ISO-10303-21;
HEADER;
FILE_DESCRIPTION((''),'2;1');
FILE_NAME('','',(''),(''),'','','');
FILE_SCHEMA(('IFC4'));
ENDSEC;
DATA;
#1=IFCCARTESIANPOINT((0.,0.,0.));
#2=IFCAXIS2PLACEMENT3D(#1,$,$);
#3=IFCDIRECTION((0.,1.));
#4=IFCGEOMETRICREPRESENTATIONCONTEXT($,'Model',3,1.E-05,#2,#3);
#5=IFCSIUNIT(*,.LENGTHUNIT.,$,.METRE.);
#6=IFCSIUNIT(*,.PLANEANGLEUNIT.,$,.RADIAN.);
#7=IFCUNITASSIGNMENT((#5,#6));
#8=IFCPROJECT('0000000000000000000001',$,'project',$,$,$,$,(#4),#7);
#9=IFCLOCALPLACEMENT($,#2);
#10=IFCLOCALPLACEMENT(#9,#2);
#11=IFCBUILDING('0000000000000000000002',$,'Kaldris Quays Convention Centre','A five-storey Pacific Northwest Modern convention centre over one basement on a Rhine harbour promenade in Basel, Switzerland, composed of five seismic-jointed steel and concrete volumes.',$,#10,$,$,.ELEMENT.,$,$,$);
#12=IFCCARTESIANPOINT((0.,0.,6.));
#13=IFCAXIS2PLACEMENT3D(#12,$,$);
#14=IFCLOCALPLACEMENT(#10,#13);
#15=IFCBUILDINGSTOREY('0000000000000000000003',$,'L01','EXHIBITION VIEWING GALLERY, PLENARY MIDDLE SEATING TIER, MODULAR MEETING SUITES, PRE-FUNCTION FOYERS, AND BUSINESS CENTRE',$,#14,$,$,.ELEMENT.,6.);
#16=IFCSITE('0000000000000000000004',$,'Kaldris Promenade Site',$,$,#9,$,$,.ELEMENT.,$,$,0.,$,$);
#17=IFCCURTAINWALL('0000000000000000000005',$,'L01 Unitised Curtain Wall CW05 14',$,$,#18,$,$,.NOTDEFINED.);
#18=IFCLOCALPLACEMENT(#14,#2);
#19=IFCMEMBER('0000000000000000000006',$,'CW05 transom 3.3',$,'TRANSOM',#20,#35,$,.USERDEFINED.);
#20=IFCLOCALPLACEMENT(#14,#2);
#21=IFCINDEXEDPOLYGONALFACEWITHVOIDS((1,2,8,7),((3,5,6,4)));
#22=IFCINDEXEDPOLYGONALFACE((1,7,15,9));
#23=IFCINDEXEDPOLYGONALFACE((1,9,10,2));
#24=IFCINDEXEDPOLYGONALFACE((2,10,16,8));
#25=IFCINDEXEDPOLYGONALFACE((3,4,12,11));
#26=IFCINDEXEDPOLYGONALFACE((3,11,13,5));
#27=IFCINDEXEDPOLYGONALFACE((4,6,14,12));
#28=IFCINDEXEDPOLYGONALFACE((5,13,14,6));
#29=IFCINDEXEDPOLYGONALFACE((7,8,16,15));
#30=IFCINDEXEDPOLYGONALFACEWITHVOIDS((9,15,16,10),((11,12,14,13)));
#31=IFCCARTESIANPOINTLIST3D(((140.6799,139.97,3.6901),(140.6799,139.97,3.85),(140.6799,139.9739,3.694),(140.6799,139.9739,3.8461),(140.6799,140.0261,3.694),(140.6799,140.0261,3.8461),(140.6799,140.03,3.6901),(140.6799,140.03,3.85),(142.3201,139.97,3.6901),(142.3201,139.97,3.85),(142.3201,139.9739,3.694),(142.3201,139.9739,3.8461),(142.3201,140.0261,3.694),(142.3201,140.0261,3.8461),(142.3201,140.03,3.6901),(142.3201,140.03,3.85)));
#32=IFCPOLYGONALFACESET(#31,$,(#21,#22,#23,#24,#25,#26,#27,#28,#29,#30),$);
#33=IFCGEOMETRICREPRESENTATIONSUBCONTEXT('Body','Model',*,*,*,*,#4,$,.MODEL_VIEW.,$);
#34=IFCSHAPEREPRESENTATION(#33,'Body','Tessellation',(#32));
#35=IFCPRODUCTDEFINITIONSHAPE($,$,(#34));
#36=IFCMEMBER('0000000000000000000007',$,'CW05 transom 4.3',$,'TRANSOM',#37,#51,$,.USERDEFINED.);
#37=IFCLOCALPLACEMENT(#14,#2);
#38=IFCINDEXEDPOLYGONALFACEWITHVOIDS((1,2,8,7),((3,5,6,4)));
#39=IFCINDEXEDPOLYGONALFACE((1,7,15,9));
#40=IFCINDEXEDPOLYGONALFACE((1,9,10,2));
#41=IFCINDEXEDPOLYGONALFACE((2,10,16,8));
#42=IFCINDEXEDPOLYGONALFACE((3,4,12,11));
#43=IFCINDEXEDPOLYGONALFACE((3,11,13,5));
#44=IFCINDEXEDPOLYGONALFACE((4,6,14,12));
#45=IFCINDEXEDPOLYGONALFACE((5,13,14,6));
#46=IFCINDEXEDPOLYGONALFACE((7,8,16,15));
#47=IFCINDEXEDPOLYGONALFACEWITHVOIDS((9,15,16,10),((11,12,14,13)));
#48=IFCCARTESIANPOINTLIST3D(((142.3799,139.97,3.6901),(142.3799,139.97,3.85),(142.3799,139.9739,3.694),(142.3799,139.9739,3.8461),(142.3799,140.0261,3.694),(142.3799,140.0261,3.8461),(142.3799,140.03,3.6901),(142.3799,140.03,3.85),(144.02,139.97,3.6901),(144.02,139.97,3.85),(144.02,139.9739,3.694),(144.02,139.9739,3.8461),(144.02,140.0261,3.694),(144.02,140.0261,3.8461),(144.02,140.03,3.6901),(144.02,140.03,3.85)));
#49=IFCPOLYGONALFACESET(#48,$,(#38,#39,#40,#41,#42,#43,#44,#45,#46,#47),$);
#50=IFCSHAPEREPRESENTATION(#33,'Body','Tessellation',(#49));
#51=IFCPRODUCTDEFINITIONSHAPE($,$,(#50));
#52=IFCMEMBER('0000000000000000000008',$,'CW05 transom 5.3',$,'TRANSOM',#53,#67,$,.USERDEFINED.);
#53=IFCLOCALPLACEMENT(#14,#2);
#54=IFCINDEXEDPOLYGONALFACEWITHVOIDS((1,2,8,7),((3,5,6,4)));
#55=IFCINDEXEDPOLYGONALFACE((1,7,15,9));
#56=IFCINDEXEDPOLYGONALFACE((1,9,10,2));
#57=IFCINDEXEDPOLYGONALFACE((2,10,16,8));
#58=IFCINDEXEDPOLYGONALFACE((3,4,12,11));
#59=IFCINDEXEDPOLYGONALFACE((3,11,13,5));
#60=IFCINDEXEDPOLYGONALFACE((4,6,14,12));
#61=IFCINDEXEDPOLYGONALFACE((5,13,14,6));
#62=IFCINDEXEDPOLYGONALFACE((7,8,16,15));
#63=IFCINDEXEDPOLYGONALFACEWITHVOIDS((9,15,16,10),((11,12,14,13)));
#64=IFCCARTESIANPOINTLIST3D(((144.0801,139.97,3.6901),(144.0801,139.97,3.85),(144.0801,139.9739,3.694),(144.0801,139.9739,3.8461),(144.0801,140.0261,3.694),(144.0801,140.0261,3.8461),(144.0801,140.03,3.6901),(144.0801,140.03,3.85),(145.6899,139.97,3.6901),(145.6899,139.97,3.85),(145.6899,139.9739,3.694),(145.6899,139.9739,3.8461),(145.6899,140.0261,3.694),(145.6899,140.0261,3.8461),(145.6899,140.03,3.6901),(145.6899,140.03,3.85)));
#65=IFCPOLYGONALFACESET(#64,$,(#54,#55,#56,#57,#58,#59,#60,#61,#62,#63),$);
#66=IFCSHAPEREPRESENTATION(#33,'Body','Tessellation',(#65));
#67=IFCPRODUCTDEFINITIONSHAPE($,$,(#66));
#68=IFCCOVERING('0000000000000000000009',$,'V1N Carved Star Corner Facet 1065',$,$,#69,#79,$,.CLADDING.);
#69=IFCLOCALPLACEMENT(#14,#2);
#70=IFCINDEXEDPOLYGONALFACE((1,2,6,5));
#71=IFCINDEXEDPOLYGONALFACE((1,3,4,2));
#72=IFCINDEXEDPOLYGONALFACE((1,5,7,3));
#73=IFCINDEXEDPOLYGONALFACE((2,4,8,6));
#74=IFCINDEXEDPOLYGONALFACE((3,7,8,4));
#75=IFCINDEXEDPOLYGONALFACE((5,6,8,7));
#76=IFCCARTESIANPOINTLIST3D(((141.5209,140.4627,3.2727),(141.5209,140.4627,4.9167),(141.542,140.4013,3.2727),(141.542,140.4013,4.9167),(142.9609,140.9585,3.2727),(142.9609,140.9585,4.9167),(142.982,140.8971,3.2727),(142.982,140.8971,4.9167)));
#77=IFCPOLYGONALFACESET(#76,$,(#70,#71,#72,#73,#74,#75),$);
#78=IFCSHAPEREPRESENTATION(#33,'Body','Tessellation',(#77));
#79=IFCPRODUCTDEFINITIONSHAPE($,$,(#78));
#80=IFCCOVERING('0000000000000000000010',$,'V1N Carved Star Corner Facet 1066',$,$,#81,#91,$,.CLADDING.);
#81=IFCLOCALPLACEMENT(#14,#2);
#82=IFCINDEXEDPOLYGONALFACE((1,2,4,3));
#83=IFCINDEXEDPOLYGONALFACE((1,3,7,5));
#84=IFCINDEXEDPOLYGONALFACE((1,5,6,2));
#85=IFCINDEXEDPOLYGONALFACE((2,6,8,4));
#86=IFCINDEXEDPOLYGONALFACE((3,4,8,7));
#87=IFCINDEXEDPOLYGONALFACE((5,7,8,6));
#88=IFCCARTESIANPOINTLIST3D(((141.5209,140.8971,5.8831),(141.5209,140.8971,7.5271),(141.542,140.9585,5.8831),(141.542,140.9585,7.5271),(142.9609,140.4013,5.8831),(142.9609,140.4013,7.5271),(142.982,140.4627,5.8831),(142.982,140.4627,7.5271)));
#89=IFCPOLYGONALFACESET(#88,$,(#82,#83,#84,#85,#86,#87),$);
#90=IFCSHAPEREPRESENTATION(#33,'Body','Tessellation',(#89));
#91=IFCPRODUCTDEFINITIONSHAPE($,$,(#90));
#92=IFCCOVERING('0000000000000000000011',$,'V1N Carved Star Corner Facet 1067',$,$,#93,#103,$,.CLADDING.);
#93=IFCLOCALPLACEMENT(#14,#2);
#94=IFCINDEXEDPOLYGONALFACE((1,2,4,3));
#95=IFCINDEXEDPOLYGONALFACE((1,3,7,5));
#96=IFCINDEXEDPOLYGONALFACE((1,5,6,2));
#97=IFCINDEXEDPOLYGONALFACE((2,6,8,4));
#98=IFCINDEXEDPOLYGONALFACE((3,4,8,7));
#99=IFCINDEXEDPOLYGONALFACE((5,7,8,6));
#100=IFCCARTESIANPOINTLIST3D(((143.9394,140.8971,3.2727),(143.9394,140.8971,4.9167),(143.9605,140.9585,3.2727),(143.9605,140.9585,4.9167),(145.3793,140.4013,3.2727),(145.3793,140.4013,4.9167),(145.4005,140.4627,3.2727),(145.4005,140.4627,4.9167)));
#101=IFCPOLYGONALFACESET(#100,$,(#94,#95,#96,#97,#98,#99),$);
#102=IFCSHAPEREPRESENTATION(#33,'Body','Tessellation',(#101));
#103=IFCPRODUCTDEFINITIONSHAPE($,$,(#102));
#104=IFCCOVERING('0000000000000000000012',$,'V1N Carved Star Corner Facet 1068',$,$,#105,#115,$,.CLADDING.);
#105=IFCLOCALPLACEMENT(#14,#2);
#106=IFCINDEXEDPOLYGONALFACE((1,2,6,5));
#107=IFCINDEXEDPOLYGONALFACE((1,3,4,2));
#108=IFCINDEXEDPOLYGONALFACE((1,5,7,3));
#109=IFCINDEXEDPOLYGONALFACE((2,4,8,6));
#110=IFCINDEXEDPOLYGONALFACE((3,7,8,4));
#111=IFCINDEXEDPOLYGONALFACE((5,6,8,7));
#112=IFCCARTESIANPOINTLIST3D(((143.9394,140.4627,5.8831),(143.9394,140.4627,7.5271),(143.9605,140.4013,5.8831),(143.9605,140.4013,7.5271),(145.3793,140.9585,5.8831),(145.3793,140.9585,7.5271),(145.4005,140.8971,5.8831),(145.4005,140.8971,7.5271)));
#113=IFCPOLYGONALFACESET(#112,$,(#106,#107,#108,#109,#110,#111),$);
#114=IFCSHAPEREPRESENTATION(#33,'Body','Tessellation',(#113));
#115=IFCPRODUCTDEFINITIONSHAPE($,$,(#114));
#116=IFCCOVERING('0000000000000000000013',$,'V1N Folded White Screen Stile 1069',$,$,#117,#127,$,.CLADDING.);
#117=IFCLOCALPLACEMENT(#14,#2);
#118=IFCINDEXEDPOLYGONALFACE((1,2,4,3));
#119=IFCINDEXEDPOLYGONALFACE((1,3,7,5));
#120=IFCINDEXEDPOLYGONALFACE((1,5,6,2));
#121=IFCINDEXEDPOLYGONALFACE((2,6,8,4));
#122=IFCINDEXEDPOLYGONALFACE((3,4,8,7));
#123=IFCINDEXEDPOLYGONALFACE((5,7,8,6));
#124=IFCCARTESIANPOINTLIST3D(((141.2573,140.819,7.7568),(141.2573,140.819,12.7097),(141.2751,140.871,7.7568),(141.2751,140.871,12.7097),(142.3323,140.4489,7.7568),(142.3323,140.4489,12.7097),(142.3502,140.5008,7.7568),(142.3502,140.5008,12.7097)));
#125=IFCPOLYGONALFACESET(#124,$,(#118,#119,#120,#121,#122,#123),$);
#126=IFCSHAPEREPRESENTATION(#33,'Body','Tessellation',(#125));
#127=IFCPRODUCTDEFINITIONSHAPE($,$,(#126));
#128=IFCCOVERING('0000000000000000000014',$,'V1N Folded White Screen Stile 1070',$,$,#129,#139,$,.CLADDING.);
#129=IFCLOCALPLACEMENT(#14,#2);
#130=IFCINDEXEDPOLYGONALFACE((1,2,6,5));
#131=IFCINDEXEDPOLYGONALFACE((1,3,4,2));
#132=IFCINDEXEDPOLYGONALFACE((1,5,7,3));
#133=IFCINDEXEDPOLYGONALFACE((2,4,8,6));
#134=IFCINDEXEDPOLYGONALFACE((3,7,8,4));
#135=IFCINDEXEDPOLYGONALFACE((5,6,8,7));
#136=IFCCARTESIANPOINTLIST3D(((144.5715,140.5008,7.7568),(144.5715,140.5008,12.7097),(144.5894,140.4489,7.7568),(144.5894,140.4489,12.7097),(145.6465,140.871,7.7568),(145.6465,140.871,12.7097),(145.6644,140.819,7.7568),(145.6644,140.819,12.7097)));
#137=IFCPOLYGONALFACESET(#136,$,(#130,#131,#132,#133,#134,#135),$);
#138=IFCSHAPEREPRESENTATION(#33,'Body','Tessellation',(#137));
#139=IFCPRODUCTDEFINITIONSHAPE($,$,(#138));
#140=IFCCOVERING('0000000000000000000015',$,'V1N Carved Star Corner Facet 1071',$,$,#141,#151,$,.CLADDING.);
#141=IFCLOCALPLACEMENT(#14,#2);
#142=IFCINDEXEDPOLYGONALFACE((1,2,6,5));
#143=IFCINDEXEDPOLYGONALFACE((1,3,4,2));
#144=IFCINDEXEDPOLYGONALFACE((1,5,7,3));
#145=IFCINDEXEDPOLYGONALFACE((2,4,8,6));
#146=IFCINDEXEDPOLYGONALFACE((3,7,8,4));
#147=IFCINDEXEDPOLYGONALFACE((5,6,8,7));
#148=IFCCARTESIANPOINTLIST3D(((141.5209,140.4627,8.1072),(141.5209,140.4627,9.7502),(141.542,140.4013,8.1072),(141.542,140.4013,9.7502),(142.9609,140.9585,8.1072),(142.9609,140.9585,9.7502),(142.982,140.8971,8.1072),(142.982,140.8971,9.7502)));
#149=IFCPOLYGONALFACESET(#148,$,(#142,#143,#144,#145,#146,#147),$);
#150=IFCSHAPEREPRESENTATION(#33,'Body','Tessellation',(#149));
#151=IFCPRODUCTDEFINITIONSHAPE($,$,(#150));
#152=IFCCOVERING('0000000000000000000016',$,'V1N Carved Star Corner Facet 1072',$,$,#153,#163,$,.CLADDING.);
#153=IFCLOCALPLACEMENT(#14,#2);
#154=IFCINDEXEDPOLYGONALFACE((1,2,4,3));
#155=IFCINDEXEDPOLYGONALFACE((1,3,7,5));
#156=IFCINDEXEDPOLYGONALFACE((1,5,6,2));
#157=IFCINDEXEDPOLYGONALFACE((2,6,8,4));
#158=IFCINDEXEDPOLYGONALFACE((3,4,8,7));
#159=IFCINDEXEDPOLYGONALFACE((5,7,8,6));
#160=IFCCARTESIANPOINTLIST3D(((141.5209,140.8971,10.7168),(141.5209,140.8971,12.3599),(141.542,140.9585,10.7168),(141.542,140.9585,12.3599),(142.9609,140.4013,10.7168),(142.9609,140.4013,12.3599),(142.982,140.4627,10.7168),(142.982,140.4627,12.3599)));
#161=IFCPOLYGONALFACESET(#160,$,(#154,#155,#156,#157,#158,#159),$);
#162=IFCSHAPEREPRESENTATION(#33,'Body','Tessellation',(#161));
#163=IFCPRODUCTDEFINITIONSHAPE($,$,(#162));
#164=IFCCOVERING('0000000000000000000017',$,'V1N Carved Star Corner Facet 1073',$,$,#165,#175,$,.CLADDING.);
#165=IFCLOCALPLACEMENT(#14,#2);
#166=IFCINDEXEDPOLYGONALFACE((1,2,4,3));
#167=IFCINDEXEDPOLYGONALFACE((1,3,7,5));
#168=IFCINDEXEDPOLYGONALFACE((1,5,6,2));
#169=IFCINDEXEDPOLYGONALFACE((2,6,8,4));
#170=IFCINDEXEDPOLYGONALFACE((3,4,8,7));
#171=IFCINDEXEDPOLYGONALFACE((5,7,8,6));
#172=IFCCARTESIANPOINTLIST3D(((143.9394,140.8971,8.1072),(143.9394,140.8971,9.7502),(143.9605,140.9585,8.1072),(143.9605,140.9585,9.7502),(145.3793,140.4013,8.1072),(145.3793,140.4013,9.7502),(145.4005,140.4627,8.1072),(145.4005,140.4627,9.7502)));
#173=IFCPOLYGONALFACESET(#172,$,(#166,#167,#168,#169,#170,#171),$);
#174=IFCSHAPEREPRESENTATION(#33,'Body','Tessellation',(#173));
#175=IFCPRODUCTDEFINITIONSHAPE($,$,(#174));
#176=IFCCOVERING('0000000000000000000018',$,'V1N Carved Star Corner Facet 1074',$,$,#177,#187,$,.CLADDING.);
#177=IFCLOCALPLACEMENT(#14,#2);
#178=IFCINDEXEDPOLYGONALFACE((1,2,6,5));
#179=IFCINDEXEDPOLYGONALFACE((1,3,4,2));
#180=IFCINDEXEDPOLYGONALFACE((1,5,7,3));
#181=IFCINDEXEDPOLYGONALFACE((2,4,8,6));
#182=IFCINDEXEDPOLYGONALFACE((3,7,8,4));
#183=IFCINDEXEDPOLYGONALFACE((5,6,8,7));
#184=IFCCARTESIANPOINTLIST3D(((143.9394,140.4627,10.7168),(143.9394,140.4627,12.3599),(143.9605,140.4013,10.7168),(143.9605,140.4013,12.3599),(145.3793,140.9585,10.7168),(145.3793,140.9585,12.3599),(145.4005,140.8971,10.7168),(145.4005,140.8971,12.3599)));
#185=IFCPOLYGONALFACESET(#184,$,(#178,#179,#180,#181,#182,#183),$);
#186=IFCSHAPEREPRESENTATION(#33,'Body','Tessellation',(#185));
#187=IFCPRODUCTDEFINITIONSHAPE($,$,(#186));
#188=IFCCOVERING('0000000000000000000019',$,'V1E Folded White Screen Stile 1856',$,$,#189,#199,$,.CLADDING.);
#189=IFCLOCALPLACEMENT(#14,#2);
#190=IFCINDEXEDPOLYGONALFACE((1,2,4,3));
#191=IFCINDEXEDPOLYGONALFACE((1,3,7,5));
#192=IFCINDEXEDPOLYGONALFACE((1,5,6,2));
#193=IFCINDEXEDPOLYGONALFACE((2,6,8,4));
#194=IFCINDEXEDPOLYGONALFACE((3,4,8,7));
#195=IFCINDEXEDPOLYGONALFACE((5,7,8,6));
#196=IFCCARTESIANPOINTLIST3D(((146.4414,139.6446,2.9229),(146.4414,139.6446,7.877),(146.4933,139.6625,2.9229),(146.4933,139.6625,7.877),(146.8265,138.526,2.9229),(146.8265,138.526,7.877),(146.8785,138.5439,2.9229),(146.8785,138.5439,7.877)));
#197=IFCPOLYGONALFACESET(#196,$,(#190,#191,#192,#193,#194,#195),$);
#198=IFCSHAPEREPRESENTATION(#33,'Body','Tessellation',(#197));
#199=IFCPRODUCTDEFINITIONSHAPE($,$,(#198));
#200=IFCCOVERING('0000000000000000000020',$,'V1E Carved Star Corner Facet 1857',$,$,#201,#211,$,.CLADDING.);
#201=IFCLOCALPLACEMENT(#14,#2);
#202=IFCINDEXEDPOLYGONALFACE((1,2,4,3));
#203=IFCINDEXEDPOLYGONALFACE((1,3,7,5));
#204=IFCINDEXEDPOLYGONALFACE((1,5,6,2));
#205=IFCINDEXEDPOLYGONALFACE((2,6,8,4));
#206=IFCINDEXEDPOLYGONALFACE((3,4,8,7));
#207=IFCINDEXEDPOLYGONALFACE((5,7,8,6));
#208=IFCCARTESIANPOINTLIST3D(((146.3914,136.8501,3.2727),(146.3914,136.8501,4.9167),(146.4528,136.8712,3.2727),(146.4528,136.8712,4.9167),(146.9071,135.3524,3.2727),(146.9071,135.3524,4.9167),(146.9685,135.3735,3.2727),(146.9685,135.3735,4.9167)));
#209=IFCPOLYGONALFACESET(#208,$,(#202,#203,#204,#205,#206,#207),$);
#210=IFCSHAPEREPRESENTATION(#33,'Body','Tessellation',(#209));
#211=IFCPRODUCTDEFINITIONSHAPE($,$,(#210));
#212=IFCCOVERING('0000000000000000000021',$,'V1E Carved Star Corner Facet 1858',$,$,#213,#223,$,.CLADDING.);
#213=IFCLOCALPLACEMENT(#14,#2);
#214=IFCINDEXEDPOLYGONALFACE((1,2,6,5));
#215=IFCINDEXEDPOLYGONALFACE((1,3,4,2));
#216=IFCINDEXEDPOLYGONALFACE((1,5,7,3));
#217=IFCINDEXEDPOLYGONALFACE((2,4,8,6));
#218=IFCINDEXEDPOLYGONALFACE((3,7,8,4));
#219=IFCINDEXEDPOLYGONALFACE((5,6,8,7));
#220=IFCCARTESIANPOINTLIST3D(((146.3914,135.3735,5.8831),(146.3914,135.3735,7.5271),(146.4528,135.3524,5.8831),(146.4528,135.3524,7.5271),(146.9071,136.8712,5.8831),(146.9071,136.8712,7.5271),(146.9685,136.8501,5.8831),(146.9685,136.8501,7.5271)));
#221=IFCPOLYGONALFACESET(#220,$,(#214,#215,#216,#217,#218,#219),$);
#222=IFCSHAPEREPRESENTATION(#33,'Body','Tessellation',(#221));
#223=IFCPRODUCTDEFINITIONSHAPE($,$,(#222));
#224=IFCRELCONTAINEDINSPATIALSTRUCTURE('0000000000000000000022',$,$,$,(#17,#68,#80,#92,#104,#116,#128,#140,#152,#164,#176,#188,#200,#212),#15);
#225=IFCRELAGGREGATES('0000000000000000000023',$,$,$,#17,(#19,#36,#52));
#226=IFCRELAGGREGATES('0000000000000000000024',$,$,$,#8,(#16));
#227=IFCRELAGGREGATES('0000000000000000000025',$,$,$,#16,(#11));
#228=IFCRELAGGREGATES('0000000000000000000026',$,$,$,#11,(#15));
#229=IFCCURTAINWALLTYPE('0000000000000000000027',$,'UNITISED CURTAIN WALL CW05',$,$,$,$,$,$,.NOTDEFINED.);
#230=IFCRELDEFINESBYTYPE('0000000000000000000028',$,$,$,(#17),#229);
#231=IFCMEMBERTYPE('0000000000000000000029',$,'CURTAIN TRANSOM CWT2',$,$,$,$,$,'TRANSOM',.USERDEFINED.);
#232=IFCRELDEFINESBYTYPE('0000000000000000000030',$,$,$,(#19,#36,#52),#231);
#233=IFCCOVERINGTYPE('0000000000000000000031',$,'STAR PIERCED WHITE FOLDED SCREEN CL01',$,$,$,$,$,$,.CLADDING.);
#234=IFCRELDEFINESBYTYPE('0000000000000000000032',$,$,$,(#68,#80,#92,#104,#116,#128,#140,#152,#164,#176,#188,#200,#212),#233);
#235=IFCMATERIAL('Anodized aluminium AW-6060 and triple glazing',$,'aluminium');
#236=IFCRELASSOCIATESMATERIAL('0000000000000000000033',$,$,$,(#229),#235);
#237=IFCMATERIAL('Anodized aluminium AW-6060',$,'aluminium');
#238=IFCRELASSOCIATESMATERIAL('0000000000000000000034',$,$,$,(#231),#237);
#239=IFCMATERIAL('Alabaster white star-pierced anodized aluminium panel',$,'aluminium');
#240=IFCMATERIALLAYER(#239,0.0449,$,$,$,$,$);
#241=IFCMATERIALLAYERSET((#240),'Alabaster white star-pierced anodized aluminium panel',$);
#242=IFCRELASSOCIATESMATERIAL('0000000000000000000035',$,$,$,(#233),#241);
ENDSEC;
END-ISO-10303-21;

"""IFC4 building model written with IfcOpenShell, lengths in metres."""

from ifc_helpers import new_model, si_unit, direction, frame, origin, origin_2d, place, context, subcontext, project, spatial, rectangle, hollow_rectangle, extrude, material, layer, layer_set, material_profile, profile_set, type_object, element, aggregate, save


model = new_model("IFC4")

# Units and contexts
model_context = context("Model", 3, precision=1e-05, world=origin(), true_north=direction((0.0, 1.0)))
body_context = subcontext(model_context, "Body", "Model", "MODEL_VIEW")
ifc_project = project(units=[si_unit("LENGTHUNIT", "METRE"), si_unit("PLANEANGLEUNIT", "RADIAN")], contexts=[model_context])

# Site, building, storey
site_placement = place(None, origin())
site = spatial("IfcSite", under=ifc_project, at=site_placement, Name="Kaldris Promenade Site", CompositionType="ELEMENT", RefElevation=0.0)
building_placement = place(site_placement, origin())
building = spatial("IfcBuilding", under=site, at=building_placement, Name="Kaldris Quays Convention Centre", Description="A five-storey Pacific Northwest Modern convention centre over one basement on a Rhine harbour promenade in Basel, Switzerland, composed of five seismic-jointed steel and concrete volumes.", CompositionType="ELEMENT")
storey_placement = place(building_placement, frame((0.0, 0.0, 6.0)))
storey = spatial("IfcBuildingStorey", under=building, at=storey_placement, Name="L01", Description="EXHIBITION VIEWING GALLERY, PLENARY MIDDLE SEATING TIER, MODULAR MEETING SUITES, PRE-FUNCTION FOYERS, AND BUSINESS CENTRE", CompositionType="ELEMENT", Elevation=6.0)

# Curtain wall, members
ifc_material_1 = material(Name="Anodized aluminium AW-6060 and triple glazing", Category="aluminium")
curtain_wall_type = type_object("IfcCurtainWallType", Name="UNITISED CURTAIN WALL CW05", PredefinedType="NOTDEFINED", material=ifc_material_1)
curtain_wall_placement = place(storey_placement, origin())
curtain_wall = element("IfcCurtainWall", 1, at=curtain_wall_placement, inside=storey, type_object=curtain_wall_type, Name="L01 Unitised Curtain Wall CW05 14", PredefinedType="NOTDEFINED")
ifc_material_2 = material(Name="Anodized aluminium AW-6060", Category="aluminium")
ifc_material_profile = material_profile(ifc_material_2, hollow_rectangle(XDim=0.0601, YDim=0.1599, WallThickness=0.0039, at=origin_2d()), Name="RHS 160x60x4")
ifc_profile_set = profile_set([ifc_material_profile], Name="Anodized aluminium AW-6060")
member_type = type_object("IfcMemberType", Name="CURTAIN TRANSOM CWT2", ElementType="TRANSOM", PredefinedType="USERDEFINED", material=ifc_profile_set)
member_1_placement = place(storey_placement, frame((140.6799, 140.0, 3.77), z_axis=(1.0, 0.0, 0.0), x_axis=(0.0, 1.0, 0.0)))
member_1 = element("IfcMember", 2, at=member_1_placement, type_object=member_type, Name="CW05 transom 3.3", ObjectType="TRANSOM", PredefinedType="USERDEFINED", context=body_context, shape_type="SweptSolid", body=[
    extrude(hollow_rectangle(XDim=0.0601, YDim=0.1599, WallThickness=0.0039, at=origin_2d()), origin(), (0.0, 0.0, 1.0), 1.6401),
])
member_2_placement = place(storey_placement, frame((142.3799, 140.0, 3.77), z_axis=(1.0, 0.0, 0.0), x_axis=(0.0, 1.0, 0.0)))
member_2 = element("IfcMember", 3, at=member_2_placement, type_object=member_type, Name="CW05 transom 4.3", ObjectType="TRANSOM", PredefinedType="USERDEFINED", context=body_context, shape_type="SweptSolid", body=[
    extrude(hollow_rectangle(XDim=0.0601, YDim=0.1599, WallThickness=0.0039, at=origin_2d()), origin(), (0.0, 0.0, 1.0), 1.6401),
])
member_3_placement = place(storey_placement, frame((144.0801, 140.0, 3.77), z_axis=(1.0, 0.0, 0.0), x_axis=(0.0, 1.0, 0.0)))
member_3 = element("IfcMember", 4, at=member_3_placement, type_object=member_type, Name="CW05 transom 5.3", ObjectType="TRANSOM", PredefinedType="USERDEFINED", context=body_context, shape_type="SweptSolid", body=[
    extrude(hollow_rectangle(XDim=0.0601, YDim=0.1599, WallThickness=0.0039, at=origin_2d()), origin(), (0.0, 0.0, 1.0), 1.6099),
])
aggregate(curtain_wall, [member_1, member_2, member_3])

# Coverings
ifc_material_3 = material(Name="Alabaster white star-pierced anodized aluminium panel", Category="aluminium")
ifc_layer = layer(ifc_material_3, 0.0449)
ifc_layer_set = layer_set([ifc_layer], Name="Alabaster white star-pierced anodized aluminium panel")
covering_type = type_object("IfcCoveringType", Name="STAR PIERCED WHITE FOLDED SCREEN CL01", PredefinedType="CLADDING", material=ifc_layer_set)
for number, where, z_axis, x_axis, name in (
    (5, (142.2515, 140.6799, 3.2727), (0.0, 0.0, 1.0), (0.945519, 0.325568, 0.0), "V1N Carved Star Corner Facet 1065"),
    (6, (142.2515, 140.6799, 5.8831), (0.0, 0.0, 1.0), (0.945519, -0.325568, 0.0), "V1N Carved Star Corner Facet 1066"),
    (7, (144.6699, 140.6799, 3.2727), (0.0, 0.0, 1.0), (0.945519, -0.325568, 0.0), "V1N Carved Star Corner Facet 1067"),
    (8, (144.6699, 140.6799, 5.8831), (0.0, 0.0, 1.0), (0.945519, 0.325568, 0.0), "V1N Carved Star Corner Facet 1068"),
):
    element("IfcCovering", number, at=place(storey_placement, frame(where, z_axis=z_axis, x_axis=x_axis)), inside=storey, type_object=covering_type, Name=name, PredefinedType="CLADDING", context=body_context, shape_type="SweptSolid", body=[
        extrude(rectangle(XDim=1.5229, YDim=0.0649, at=origin_2d()), origin(), (0.0, 0.0, 1.0), 1.644),
    ])
for number, where, z_axis, x_axis, name in (
    (9, (141.8037, 140.6599, 7.7568), (0.0, 0.0, 1.0), (0.945519, -0.325568, 0.0), "V1N Folded White Screen Stile 1069"),
    (10, (145.1179, 140.6599, 7.7568), (0.0, 0.0, 1.0), (0.945519, 0.325568, 0.0), "V1N Folded White Screen Stile 1070"),
):
    element("IfcCovering", number, at=place(storey_placement, frame(where, z_axis=z_axis, x_axis=x_axis)), inside=storey, type_object=covering_type, Name=name, PredefinedType="CLADDING", context=body_context, shape_type="SweptSolid", body=[
        extrude(rectangle(XDim=1.137, YDim=0.0549, at=origin_2d()), origin(), (0.0, 0.0, 1.0), 4.9529),
    ])
for number, where, z_axis, x_axis, name in (
    (11, (142.2515, 140.6799, 8.1072), (0.0, 0.0, 1.0), (0.945519, 0.325568, 0.0), "V1N Carved Star Corner Facet 1071"),
    (12, (142.2515, 140.6799, 10.7168), (0.0, 0.0, 1.0), (0.945519, -0.325568, 0.0), "V1N Carved Star Corner Facet 1072"),
    (13, (144.6699, 140.6799, 8.1072), (0.0, 0.0, 1.0), (0.945519, -0.325568, 0.0), "V1N Carved Star Corner Facet 1073"),
    (14, (144.6699, 140.6799, 10.7168), (0.0, 0.0, 1.0), (0.945519, 0.325568, 0.0), "V1N Carved Star Corner Facet 1074"),
):
    element("IfcCovering", number, at=place(storey_placement, frame(where, z_axis=z_axis, x_axis=x_axis)), inside=storey, type_object=covering_type, Name=name, PredefinedType="CLADDING", context=body_context, shape_type="SweptSolid", body=[
        extrude(rectangle(XDim=1.5229, YDim=0.0649, at=origin_2d()), origin(), (0.0, 0.0, 1.0), 1.6431),
    ])
covering_placement = place(storey_placement, frame((146.6599, 139.0942, 2.9229), z_axis=(0.0, 0.0, 1.0), x_axis=(-0.325568, 0.945519, 0.0)))
element("IfcCovering", 15, at=covering_placement, inside=storey, type_object=covering_type, Name="V1E Folded White Screen Stile 1856", PredefinedType="CLADDING", context=body_context, shape_type="SweptSolid", body=[
    extrude(rectangle(XDim=1.1831, YDim=0.0549, at=origin_2d()), origin(), (0.0, 0.0, 1.0), 4.9541),
])
for number, where, z_axis, x_axis, name in (
    (16, (146.6799, 136.1118, 3.2727), (0.0, 0.0, 1.0), (-0.325568, 0.945519, 0.0), "V1E Carved Star Corner Facet 1857"),
    (17, (146.6799, 136.1118, 5.8831), (0.0, 0.0, 1.0), (0.325568, 0.945519, 0.0), "V1E Carved Star Corner Facet 1858"),
):
    element("IfcCovering", number, at=place(storey_placement, frame(where, z_axis=z_axis, x_axis=x_axis)), inside=storey, type_object=covering_type, Name=name, PredefinedType="CLADDING", context=body_context, shape_type="SweptSolid", body=[
        extrude(rectangle(XDim=1.584, YDim=0.0649, at=origin_2d()), origin(), (0.0, 0.0, 1.0), 1.644),
    ])

save(model, "model.ifc")
